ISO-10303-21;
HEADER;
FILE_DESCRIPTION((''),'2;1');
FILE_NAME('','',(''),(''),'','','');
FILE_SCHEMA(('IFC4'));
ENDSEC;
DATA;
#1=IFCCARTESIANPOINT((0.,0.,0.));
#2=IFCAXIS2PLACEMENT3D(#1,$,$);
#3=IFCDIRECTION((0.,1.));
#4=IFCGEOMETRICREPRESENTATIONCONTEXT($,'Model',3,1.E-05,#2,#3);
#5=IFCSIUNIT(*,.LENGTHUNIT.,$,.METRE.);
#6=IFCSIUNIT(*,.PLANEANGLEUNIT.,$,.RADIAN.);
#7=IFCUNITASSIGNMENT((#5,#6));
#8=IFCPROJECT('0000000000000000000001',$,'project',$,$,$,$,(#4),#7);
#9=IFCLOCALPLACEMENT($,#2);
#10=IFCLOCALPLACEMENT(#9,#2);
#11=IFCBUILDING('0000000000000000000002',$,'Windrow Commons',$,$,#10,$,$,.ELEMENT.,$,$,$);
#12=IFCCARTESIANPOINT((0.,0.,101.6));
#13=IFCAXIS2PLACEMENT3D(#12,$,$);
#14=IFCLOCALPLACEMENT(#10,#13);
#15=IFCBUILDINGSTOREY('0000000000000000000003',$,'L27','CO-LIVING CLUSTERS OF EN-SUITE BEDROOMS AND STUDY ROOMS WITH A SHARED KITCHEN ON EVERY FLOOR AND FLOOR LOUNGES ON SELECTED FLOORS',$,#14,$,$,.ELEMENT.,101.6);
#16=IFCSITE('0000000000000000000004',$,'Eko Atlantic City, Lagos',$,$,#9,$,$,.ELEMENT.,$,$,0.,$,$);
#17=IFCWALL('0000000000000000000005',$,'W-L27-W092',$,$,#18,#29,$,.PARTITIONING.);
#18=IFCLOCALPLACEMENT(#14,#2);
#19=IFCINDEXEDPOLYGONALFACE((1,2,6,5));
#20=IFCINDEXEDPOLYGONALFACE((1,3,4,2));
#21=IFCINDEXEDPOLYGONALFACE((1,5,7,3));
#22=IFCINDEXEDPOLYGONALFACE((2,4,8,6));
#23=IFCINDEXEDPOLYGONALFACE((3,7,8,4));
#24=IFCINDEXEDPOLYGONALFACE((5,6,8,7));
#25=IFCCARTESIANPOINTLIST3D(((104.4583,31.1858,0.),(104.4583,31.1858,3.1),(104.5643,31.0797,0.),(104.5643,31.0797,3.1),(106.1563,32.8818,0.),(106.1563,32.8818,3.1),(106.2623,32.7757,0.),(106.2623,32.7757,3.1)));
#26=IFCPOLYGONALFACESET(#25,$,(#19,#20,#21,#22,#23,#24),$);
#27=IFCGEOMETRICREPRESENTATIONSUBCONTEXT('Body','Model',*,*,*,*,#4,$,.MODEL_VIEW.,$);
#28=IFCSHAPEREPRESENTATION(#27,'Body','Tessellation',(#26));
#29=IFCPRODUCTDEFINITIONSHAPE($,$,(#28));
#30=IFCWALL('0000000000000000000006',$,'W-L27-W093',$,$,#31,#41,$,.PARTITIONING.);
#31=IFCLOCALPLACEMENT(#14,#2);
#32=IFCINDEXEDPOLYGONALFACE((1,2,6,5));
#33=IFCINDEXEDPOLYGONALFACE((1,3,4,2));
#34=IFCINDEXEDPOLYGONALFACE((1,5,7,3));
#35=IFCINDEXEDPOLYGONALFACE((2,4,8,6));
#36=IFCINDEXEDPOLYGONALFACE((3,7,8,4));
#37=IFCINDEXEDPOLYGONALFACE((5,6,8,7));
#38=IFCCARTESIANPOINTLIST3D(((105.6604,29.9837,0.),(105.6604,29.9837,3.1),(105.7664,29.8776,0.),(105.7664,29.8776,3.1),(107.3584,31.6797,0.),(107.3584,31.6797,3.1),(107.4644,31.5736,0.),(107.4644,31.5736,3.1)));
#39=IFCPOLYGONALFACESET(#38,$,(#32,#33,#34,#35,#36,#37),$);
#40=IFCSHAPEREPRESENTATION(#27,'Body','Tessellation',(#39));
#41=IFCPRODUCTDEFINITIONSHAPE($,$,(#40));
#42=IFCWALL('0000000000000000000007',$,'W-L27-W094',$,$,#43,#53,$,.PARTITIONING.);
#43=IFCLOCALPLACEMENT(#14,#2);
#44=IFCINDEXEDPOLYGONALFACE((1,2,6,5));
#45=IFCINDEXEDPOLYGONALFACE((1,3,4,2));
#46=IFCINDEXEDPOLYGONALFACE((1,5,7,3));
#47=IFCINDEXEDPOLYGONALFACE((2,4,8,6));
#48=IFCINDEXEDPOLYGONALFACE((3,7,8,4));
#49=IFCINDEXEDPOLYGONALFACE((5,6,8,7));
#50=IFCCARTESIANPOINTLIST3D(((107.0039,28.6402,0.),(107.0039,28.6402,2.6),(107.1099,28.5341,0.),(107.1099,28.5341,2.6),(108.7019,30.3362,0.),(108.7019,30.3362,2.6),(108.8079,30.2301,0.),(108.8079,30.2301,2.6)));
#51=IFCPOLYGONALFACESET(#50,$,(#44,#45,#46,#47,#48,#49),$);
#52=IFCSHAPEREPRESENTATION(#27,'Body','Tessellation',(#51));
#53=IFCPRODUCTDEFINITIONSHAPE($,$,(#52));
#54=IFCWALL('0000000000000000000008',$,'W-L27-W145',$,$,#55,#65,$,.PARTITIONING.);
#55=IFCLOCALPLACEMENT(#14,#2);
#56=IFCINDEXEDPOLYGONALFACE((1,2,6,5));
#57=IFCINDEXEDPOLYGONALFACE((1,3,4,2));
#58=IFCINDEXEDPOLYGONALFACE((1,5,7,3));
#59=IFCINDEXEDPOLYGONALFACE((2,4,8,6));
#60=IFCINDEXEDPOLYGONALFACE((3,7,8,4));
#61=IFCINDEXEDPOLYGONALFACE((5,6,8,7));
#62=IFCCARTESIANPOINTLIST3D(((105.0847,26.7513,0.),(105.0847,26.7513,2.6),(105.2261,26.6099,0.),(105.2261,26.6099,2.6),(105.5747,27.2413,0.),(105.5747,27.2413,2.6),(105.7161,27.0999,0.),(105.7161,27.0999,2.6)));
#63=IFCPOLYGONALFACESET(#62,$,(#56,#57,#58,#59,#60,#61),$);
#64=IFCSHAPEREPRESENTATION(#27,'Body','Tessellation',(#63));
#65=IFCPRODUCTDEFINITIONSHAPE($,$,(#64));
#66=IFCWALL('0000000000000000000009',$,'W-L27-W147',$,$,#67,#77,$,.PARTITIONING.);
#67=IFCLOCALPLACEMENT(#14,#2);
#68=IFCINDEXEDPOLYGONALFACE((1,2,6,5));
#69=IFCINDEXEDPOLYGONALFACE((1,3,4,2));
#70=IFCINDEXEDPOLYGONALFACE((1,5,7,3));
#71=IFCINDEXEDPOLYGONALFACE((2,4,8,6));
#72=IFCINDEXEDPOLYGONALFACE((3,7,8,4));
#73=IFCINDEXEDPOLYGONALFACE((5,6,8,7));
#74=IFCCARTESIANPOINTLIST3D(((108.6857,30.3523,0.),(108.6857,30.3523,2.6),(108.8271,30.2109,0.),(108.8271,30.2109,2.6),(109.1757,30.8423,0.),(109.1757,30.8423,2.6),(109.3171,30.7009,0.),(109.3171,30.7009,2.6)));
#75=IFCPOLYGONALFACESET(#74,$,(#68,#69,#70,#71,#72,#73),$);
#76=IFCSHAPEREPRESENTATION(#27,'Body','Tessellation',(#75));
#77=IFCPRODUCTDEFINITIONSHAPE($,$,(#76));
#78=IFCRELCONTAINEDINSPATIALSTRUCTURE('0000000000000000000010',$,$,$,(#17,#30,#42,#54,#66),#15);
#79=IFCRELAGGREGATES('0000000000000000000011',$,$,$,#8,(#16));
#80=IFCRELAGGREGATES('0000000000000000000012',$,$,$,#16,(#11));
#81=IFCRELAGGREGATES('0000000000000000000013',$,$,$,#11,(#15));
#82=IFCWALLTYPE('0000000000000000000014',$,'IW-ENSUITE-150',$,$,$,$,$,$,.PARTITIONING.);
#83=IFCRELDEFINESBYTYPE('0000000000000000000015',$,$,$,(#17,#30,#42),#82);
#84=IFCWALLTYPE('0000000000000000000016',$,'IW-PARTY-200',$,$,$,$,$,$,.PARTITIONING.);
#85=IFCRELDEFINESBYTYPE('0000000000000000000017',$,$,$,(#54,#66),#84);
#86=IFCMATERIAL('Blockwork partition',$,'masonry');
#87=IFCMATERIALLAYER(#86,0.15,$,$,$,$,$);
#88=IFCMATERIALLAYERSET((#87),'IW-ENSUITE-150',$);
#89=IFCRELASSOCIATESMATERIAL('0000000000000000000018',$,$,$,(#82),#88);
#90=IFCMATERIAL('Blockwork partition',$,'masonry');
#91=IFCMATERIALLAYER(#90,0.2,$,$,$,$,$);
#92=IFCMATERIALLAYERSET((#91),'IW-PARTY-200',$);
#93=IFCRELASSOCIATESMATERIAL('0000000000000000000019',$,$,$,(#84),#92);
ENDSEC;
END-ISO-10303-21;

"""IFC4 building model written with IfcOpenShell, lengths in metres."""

from ifc_helpers import new_model, si_unit, direction, frame, frame_2d, origin, place, context, subcontext, project, spatial, rectangle, extrude, material, layer, layer_set, type_object, element, save


model = new_model("IFC4")

# Units and contexts
model_context = context("Model", 3, precision=1e-05, world=origin(), true_north=direction((0.0, 1.0)))
body_context = subcontext(model_context, "Body", "Model", "MODEL_VIEW")
ifc_project = project(units=[si_unit("LENGTHUNIT", "METRE"), si_unit("PLANEANGLEUNIT", "RADIAN")], contexts=[model_context])

# Site, building, storey
site_placement = place(None, origin())
site = spatial("IfcSite", under=ifc_project, at=site_placement, Name="Eko Atlantic City, Lagos", CompositionType="ELEMENT", RefElevation=0.0)
building_placement = place(site_placement, origin())
building = spatial("IfcBuilding", under=site, at=building_placement, Name="Windrow Commons", CompositionType="ELEMENT")
storey_placement = place(building_placement, frame((0.0, 0.0, 101.6)))
storey = spatial("IfcBuildingStorey", under=building, at=storey_placement, Name="L27", Description="CO-LIVING CLUSTERS OF EN-SUITE BEDROOMS AND STUDY ROOMS WITH A SHARED KITCHEN ON EVERY FLOOR AND FLOOR LOUNGES ON SELECTED FLOORS", CompositionType="ELEMENT", Elevation=101.6)

# Walls
ifc_material_1 = material(Name="Blockwork partition", Category="masonry")
ifc_layer_1 = layer(ifc_material_1, 0.15)
ifc_layer_set_1 = layer_set([ifc_layer_1], Name="IW-ENSUITE-150")
wall_type_1 = type_object("IfcWallType", Name="IW-ENSUITE-150", PredefinedType="PARTITIONING", material=ifc_layer_set_1)
for number, where, z_axis, x_axis, name in (
    (1, (104.5113, 31.1327, 0.0), (0.0, 0.0, 1.0), (0.707523, 0.70669, 0.0), "W-L27-W092"),
    (2, (105.7134, 29.9306, 0.0), (0.0, 0.0, 1.0), (0.707523, 0.70669, 0.0), "W-L27-W093"),
):
    element("IfcWall", number, at=place(storey_placement, frame(where, z_axis=z_axis, x_axis=x_axis)), inside=storey, type_object=wall_type_1, Name=name, PredefinedType="PARTITIONING", context=body_context, shape_type="SweptSolid", body=[
        extrude(rectangle(XDim=2.3999, YDim=0.15, at=frame_2d((1.2, 0.0))), origin(), (0.0, 0.0, 1.0), 3.1),
    ])
wall_1_placement = place(storey_placement, frame((107.0569, 28.5871, 0.0), z_axis=(0.0, 0.0, 1.0), x_axis=(0.707523, 0.70669, 0.0)))
element("IfcWall", 3, at=wall_1_placement, inside=storey, type_object=wall_type_1, Name="W-L27-W094", PredefinedType="PARTITIONING", context=body_context, shape_type="SweptSolid", body=[
    extrude(rectangle(XDim=2.3999, YDim=0.15, at=frame_2d((1.2, 0.0))), origin(), (0.0, 0.0, 1.0), 2.6),
])
ifc_material_2 = material(Name="Blockwork partition", Category="masonry")
ifc_layer_2 = layer(ifc_material_2, 0.2)
ifc_layer_set_2 = layer_set([ifc_layer_2], Name="IW-PARTY-200")
wall_type_2 = type_object("IfcWallType", Name="IW-PARTY-200", PredefinedType="PARTITIONING", material=ifc_layer_set_2)
for number, where, z_axis, x_axis, name in (
    (4, (105.1554, 26.6806, 0.0), (0.0, 0.0, 1.0), (0.707107, 0.707107, 0.0), "W-L27-W145"),
    (5, (108.7564, 30.2816, 0.0), (0.0, 0.0, 1.0), (0.707107, 0.707107, 0.0), "W-L27-W147"),
):
    element("IfcWall", number, at=place(storey_placement, frame(where, z_axis=z_axis, x_axis=x_axis)), inside=storey, type_object=wall_type_2, Name=name, PredefinedType="PARTITIONING", context=body_context, shape_type="SweptSolid", body=[
        extrude(rectangle(XDim=0.693, YDim=0.2, at=frame_2d((0.3465, 0.0))), origin(), (0.0, 0.0, 1.0), 2.6),
    ])

save(model, "model.ifc")
